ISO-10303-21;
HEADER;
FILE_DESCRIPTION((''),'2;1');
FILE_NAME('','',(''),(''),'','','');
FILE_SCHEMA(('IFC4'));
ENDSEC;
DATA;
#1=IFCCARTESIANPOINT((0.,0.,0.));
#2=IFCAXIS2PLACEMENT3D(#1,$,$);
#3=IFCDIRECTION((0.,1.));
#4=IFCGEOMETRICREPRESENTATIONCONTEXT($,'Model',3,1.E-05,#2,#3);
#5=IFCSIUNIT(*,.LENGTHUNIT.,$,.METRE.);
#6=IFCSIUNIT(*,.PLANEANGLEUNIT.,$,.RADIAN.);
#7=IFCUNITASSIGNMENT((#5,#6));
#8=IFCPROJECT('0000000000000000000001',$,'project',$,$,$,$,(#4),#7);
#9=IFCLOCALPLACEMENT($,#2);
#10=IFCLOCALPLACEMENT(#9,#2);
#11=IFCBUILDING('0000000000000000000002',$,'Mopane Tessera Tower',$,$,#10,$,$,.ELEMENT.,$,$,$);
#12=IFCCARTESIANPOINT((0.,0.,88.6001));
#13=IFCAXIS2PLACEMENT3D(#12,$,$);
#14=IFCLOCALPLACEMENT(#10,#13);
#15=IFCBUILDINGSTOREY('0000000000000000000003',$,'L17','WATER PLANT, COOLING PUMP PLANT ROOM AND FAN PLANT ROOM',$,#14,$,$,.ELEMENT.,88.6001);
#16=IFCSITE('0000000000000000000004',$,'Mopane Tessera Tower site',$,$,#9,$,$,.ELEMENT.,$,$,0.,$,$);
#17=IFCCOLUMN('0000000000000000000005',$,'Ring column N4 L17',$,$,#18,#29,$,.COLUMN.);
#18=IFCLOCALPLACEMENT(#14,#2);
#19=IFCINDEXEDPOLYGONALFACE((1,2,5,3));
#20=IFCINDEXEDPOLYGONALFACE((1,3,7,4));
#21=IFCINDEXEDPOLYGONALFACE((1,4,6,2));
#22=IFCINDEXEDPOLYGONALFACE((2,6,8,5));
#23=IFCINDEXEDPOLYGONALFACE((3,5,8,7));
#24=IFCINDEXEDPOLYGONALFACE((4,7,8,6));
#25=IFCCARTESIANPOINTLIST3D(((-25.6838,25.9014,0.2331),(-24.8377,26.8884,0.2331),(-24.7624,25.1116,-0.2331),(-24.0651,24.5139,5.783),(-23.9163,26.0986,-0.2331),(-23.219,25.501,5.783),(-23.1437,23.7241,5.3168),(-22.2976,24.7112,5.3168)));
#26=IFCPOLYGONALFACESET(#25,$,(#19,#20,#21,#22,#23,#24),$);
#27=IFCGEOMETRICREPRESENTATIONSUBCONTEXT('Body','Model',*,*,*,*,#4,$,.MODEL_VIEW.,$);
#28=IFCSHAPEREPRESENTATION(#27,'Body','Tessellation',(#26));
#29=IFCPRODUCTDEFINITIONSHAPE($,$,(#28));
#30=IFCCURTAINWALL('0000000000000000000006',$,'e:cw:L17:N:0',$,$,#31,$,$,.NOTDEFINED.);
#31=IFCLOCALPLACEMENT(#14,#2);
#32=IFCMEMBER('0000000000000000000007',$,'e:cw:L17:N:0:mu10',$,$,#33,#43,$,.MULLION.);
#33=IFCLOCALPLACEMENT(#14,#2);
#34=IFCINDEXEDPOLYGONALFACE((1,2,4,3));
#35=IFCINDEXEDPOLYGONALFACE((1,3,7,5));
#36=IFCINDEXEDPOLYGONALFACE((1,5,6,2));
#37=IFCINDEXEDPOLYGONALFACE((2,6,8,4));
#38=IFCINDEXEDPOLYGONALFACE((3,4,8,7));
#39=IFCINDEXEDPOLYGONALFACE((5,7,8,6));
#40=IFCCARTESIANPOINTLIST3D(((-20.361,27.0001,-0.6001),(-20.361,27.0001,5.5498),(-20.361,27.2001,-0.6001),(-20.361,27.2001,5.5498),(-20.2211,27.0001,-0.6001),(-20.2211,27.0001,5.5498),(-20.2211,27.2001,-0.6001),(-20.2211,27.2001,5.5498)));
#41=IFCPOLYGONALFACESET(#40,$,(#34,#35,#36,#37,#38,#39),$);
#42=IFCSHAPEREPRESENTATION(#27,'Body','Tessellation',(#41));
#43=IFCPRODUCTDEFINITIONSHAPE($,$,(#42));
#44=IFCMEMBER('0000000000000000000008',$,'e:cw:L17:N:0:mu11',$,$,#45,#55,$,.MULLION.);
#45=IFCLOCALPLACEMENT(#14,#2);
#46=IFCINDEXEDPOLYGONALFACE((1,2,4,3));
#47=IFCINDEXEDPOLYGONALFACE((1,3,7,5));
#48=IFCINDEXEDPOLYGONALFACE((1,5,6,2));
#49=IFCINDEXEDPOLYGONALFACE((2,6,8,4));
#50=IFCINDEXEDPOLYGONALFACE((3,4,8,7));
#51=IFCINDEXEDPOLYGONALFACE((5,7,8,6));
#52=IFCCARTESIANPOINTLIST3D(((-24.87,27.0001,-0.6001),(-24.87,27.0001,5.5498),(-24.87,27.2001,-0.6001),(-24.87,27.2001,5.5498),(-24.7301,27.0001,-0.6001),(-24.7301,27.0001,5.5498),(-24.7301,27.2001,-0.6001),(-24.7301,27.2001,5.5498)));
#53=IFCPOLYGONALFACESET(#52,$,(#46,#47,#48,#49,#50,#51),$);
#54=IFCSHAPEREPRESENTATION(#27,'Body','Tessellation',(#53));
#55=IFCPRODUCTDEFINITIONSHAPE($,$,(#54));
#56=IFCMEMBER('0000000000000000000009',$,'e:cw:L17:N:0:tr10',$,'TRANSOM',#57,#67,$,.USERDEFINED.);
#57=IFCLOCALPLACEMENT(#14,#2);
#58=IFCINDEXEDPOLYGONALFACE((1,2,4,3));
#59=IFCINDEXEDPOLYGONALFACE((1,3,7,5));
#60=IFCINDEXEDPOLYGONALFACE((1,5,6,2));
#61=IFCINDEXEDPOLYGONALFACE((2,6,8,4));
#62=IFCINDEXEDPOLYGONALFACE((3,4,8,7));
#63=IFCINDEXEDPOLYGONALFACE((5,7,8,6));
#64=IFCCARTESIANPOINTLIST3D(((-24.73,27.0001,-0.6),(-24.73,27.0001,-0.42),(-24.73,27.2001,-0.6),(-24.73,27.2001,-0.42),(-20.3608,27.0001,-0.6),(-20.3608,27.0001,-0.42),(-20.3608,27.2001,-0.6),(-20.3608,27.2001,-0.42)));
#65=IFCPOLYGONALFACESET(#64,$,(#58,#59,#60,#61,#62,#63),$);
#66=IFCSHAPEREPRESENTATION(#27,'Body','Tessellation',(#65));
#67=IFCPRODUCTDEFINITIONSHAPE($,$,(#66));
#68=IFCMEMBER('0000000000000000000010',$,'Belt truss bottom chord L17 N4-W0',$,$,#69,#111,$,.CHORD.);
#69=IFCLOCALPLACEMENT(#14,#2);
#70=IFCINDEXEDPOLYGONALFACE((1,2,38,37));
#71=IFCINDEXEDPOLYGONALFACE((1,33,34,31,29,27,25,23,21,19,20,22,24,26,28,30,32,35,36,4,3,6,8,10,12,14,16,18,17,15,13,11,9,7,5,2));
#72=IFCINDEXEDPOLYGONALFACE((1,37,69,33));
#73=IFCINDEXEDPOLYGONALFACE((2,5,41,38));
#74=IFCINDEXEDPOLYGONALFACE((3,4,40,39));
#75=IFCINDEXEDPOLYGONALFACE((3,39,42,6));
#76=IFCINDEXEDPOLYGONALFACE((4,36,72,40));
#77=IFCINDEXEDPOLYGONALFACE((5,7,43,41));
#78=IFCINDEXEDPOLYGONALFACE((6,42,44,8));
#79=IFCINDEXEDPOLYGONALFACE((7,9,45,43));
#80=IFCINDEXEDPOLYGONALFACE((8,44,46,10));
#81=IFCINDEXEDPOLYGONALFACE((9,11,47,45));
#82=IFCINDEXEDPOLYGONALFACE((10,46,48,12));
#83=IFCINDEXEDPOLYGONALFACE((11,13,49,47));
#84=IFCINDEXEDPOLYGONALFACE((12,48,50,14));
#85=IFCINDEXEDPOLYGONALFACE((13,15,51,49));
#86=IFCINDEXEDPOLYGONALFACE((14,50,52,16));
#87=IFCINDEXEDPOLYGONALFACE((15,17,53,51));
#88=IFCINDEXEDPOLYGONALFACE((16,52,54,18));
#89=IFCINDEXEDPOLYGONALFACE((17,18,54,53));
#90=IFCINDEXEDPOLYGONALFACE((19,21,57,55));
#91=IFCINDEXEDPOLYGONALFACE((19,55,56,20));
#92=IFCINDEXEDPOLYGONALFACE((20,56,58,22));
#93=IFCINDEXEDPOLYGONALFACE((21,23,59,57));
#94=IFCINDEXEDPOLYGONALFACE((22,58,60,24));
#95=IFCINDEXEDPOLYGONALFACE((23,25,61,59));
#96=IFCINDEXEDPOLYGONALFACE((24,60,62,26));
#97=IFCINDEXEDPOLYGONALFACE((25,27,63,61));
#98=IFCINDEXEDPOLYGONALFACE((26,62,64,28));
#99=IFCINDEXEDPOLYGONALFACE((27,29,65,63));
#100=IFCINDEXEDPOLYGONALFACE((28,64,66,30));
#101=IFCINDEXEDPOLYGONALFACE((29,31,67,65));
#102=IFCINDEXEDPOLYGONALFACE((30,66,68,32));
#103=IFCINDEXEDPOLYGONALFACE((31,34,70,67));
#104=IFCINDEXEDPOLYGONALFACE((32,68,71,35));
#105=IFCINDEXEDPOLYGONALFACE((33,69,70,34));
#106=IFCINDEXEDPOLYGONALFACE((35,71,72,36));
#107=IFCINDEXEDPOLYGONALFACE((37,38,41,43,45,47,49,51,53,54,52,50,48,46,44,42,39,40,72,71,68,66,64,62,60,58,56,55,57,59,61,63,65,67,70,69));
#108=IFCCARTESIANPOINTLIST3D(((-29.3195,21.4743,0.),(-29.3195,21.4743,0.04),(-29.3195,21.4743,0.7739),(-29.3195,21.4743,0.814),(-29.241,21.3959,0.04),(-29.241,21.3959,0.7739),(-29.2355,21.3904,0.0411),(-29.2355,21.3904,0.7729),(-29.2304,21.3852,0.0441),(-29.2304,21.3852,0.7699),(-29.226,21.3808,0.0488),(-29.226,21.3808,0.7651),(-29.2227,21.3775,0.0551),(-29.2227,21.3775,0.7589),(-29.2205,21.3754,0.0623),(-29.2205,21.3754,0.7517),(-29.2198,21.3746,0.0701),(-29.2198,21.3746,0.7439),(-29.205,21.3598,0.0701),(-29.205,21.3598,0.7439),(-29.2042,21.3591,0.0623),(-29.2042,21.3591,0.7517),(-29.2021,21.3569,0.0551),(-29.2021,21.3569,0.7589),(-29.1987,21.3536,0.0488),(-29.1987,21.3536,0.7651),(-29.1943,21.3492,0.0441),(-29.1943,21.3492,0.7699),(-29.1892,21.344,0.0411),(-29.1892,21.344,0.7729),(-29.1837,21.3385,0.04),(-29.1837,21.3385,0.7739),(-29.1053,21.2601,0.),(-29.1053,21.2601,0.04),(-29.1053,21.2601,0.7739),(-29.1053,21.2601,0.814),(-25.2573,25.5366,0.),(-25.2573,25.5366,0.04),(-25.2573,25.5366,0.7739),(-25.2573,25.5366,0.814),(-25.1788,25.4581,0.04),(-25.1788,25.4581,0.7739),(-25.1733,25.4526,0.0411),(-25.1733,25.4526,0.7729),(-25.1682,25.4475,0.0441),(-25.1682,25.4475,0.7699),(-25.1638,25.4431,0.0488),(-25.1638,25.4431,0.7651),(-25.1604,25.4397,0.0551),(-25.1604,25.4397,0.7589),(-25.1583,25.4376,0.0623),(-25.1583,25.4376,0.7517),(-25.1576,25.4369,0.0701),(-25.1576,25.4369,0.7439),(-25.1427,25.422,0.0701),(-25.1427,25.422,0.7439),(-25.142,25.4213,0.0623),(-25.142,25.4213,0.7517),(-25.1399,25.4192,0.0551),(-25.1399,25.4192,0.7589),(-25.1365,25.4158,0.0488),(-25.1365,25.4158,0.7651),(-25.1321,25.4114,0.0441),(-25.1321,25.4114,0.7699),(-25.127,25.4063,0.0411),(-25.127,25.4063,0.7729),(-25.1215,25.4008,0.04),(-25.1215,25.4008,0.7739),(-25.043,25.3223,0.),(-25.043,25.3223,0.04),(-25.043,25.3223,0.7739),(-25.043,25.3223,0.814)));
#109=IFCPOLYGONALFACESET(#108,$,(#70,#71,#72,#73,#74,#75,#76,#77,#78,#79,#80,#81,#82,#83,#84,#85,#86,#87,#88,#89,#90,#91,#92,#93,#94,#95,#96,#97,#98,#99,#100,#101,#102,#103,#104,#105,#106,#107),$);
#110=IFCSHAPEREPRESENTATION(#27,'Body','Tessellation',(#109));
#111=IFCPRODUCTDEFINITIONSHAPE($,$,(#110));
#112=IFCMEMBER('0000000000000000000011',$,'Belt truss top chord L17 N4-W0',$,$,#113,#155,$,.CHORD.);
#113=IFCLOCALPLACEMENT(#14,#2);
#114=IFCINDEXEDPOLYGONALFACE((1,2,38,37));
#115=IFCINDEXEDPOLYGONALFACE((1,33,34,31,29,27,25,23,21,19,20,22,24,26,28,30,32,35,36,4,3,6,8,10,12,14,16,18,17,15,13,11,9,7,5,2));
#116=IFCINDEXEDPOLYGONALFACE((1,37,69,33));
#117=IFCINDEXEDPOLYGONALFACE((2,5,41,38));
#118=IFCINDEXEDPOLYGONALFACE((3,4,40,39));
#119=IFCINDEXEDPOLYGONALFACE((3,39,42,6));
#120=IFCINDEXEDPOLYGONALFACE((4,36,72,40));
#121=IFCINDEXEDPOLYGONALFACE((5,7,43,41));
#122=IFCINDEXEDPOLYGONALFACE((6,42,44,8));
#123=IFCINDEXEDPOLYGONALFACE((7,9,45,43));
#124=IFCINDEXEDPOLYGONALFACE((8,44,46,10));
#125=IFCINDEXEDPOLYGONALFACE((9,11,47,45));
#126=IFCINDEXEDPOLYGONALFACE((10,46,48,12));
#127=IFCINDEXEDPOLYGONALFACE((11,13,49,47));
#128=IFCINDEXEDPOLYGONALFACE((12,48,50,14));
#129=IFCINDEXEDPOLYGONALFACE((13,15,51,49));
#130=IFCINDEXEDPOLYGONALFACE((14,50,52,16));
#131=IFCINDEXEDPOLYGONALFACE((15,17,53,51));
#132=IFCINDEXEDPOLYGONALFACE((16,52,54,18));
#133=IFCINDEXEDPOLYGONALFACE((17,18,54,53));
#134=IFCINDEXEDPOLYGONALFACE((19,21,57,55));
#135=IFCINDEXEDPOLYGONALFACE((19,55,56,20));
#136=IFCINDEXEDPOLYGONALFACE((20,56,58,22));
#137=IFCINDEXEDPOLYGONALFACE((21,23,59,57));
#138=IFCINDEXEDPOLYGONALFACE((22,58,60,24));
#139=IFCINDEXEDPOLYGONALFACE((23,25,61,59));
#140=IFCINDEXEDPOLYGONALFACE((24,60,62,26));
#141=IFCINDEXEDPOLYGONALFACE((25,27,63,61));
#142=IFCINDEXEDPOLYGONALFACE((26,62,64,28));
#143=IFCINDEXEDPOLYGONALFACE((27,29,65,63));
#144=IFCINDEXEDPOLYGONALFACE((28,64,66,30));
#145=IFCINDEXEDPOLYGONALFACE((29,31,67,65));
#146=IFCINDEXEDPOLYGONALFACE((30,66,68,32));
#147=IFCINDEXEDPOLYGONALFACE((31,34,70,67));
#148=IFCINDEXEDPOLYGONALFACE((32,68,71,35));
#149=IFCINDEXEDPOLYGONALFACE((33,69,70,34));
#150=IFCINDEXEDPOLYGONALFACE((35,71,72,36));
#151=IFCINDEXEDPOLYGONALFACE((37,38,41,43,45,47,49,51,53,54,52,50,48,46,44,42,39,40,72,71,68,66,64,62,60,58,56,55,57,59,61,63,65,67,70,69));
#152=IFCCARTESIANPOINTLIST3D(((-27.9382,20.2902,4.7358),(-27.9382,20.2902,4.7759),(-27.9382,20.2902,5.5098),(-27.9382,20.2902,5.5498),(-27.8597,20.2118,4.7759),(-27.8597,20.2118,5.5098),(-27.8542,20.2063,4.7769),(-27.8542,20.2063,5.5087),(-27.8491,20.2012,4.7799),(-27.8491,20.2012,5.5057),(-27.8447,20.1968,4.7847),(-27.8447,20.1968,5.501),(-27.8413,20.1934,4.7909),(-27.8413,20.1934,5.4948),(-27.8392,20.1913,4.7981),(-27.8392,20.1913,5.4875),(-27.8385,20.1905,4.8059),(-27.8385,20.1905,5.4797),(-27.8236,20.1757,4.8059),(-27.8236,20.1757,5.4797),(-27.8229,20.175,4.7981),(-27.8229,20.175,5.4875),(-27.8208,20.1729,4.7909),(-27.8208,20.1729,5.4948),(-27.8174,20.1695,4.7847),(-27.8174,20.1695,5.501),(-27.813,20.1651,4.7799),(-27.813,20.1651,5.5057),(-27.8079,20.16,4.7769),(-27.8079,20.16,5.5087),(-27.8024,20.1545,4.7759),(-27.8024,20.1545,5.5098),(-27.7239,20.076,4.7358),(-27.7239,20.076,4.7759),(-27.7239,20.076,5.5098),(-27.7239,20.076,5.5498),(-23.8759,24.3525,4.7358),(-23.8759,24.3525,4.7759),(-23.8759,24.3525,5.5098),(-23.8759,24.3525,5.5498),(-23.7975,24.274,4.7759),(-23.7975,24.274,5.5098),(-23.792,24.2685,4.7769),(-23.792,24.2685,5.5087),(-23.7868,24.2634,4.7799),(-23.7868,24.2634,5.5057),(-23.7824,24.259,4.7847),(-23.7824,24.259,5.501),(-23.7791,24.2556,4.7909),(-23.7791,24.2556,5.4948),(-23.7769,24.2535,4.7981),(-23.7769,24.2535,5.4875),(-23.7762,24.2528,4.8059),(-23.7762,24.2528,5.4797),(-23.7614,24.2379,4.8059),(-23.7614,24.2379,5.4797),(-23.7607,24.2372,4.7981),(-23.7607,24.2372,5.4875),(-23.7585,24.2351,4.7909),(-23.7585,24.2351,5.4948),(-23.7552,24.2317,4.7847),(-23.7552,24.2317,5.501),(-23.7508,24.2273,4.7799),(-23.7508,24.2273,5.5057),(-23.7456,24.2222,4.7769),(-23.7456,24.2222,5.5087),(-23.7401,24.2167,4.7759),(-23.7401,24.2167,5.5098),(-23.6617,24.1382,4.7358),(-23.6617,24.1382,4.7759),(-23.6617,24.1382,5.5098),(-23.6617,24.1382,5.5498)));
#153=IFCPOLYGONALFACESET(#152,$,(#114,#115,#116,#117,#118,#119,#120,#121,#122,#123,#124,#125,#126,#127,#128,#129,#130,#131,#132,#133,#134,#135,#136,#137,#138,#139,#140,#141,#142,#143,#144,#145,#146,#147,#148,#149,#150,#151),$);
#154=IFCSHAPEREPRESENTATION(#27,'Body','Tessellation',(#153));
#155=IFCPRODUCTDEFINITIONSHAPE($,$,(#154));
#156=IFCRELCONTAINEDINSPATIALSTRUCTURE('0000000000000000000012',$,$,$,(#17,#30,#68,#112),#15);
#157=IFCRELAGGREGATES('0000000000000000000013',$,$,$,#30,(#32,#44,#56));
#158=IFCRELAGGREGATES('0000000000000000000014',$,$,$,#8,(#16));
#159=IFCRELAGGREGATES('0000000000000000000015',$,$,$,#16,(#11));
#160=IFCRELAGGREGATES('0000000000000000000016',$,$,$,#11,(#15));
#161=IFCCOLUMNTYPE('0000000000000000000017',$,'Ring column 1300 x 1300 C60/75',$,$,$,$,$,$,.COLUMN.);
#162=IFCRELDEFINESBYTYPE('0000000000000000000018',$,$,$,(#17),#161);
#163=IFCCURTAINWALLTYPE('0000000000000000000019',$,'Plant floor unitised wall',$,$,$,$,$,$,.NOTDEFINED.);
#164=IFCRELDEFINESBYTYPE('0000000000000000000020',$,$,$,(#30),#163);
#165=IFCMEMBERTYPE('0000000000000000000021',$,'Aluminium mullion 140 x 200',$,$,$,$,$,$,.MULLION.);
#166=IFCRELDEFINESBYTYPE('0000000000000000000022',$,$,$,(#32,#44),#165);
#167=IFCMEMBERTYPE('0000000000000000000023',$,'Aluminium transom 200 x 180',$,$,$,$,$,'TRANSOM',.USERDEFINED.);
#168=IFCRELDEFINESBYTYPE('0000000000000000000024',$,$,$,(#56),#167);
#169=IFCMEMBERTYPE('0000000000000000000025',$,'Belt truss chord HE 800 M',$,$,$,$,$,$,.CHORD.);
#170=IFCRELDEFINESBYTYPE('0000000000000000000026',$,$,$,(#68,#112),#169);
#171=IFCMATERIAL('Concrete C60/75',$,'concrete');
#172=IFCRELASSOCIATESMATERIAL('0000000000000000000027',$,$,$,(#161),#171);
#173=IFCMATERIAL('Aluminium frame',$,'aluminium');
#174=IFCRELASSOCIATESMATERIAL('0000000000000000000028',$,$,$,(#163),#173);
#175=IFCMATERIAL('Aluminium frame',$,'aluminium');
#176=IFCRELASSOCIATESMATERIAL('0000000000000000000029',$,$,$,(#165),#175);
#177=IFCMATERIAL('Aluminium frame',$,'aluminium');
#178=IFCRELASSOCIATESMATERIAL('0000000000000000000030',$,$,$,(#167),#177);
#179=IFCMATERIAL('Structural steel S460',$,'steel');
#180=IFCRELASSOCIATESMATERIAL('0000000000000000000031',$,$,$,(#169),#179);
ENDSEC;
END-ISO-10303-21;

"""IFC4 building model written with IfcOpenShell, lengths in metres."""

from ifc_helpers import new_model, si_unit, direction, frame, origin, origin_2d, place, context, subcontext, project, spatial, rectangle, i_section, extrude, material, material_profile, profile_set, type_object, element, aggregate, save


model = new_model("IFC4")

# Units and contexts
model_context = context("Model", 3, precision=1e-05, world=origin(), true_north=direction((0.0, 1.0)))
body_context = subcontext(model_context, "Body", "Model", "MODEL_VIEW")
ifc_project = project(units=[si_unit("LENGTHUNIT", "METRE"), si_unit("PLANEANGLEUNIT", "RADIAN")], contexts=[model_context])

# Site, building, storey
site_placement = place(None, origin())
site = spatial("IfcSite", under=ifc_project, at=site_placement, Name="Mopane Tessera Tower site", CompositionType="ELEMENT", RefElevation=0.0)
building_placement = place(site_placement, origin())
building = spatial("IfcBuilding", under=site, at=building_placement, Name="Mopane Tessera Tower", CompositionType="ELEMENT")
storey_placement = place(building_placement, frame((0.0, 0.0, 88.6001)))
storey = spatial("IfcBuildingStorey", under=building, at=storey_placement, Name="L17", Description="WATER PLANT, COOLING PUMP PLANT ROOM AND FAN PLANT ROOM", CompositionType="ELEMENT", Elevation=88.6001)

# Column
ifc_material_1 = material(Name="Concrete C60/75", Category="concrete")
ifc_material_profile_1 = material_profile(ifc_material_1, rectangle(XDim=1.3, YDim=1.3, at=origin_2d()))
ifc_profile_set_1 = profile_set([ifc_material_profile_1], Name="Concrete C60/75")
column_type = type_object("IfcColumnType", Name="Ring column 1300 x 1300 C60/75", PredefinedType="COLUMN", material=ifc_profile_set_1)
column_placement = place(storey_placement, frame((-24.8, 26.0, 0.0), z_axis=(0.272262, -0.233373, 0.933494), x_axis=(0.650801, 0.759249, 0.0)))
element("IfcColumn", 1, at=column_placement, inside=storey, type_object=column_type, Name="Ring column N4 L17", PredefinedType="COLUMN", context=body_context, shape_type="SweptSolid", body=[
    extrude(rectangle(XDim=1.3, YDim=1.3, at=origin_2d()), origin(), (0.0, 0.0, 1.0), 5.9453),
])

# Curtain wall, members
ifc_material_2 = material(Name="Aluminium frame", Category="aluminium")
curtain_wall_type = type_object("IfcCurtainWallType", Name="Plant floor unitised wall", PredefinedType="NOTDEFINED", material=ifc_material_2)
curtain_wall_placement = place(storey_placement, origin())
curtain_wall = element("IfcCurtainWall", 2, at=curtain_wall_placement, inside=storey, type_object=curtain_wall_type, Name="e:cw:L17:N:0", PredefinedType="NOTDEFINED")
ifc_material_3 = material(Name="Aluminium frame", Category="aluminium")
ifc_material_profile_2 = material_profile(ifc_material_3, rectangle(XDim=0.1399, YDim=0.2, at=origin_2d()))
ifc_profile_set_2 = profile_set([ifc_material_profile_2], Name="Aluminium frame")
member_type_1 = type_object("IfcMemberType", Name="Aluminium mullion 140 x 200", PredefinedType="MULLION", material=ifc_profile_set_2)
member_1_placement = place(storey_placement, frame((-20.291, 27.1001, -0.6001), z_axis=(0.0, 0.0, 1.0), x_axis=(-1.0, 0.0, 0.0)))
member_1 = element("IfcMember", 3, at=member_1_placement, type_object=member_type_1, Name="e:cw:L17:N:0:mu10", PredefinedType="MULLION", context=body_context, shape_type="SweptSolid", body=[
    extrude(rectangle(XDim=0.1399, YDim=0.2, at=origin_2d()), origin(), (0.0, 0.0, 1.0), 6.1499),
])
member_2_placement = place(storey_placement, frame((-24.8, 27.1001, -0.6001), z_axis=(0.0, 0.0, 1.0), x_axis=(-1.0, 0.0, 0.0)))
member_2 = element("IfcMember", 4, at=member_2_placement, type_object=member_type_1, Name="e:cw:L17:N:0:mu11", PredefinedType="MULLION", context=body_context, shape_type="SweptSolid", body=[
    extrude(rectangle(XDim=0.1399, YDim=0.2, at=origin_2d()), origin(), (0.0, 0.0, 1.0), 6.1499),
])
ifc_material_4 = material(Name="Aluminium frame", Category="aluminium")
ifc_material_profile_3 = material_profile(ifc_material_4, rectangle(XDim=0.2, YDim=0.1799, at=origin_2d()))
ifc_profile_set_3 = profile_set([ifc_material_profile_3], Name="Aluminium frame")
member_type_2 = type_object("IfcMemberType", Name="Aluminium transom 200 x 180", ElementType="TRANSOM", PredefinedType="USERDEFINED", material=ifc_profile_set_3)
member_3_placement = place(storey_placement, frame((-20.3608, 27.1001, -0.51), z_axis=(-1.0, 0.0, 0.0), x_axis=(0.0, -1.0, 0.0)))
member_3 = element("IfcMember", 5, at=member_3_placement, type_object=member_type_2, Name="e:cw:L17:N:0:tr10", ObjectType="TRANSOM", PredefinedType="USERDEFINED", context=body_context, shape_type="SweptSolid", body=[
    extrude(rectangle(XDim=0.2, YDim=0.1799, at=origin_2d()), origin(), (0.0, 0.0, 1.0), 4.3691),
])

# Members
ifc_material_5 = material(Name="Structural steel S460", Category="steel")
ifc_material_profile_4 = material_profile(ifc_material_5, i_section(OverallWidth=0.303, OverallDepth=0.814, WebThickness=0.021, FlangeThickness=0.04, FilletRadius=0.03, at=origin_2d()))
ifc_profile_set_4 = profile_set([ifc_material_profile_4], Name="Structural steel S460")
member_type_3 = type_object("IfcMemberType", Name="Belt truss chord HE 800 M", PredefinedType="CHORD", material=ifc_profile_set_4)
for number, where, z_axis, x_axis, name in (
    (6, (-25.1501, 25.4294, 0.407), (-0.707107, -0.707107, 0.0), (0.707107, -0.707107, 0.0), "Belt truss bottom chord L17 N4-W0"),
    (7, (-23.7688, 24.2454, 5.1428), (-0.707107, -0.707107, 0.0), (0.707107, -0.707107, 0.0), "Belt truss top chord L17 N4-W0"),
):
    element("IfcMember", number, at=place(storey_placement, frame(where, z_axis=z_axis, x_axis=x_axis)), inside=storey, type_object=member_type_3, Name=name, PredefinedType="CHORD", context=body_context, shape_type="SweptSolid", body=[
        extrude(i_section(OverallWidth=0.303, OverallDepth=0.814, WebThickness=0.021, FlangeThickness=0.04, FilletRadius=0.03, at=origin_2d()), origin(), (0.0, 0.0, 1.0), 5.7449),
    ])

aggregate(curtain_wall, [member_1, member_2, member_3])

save(model, "model.ifc")
